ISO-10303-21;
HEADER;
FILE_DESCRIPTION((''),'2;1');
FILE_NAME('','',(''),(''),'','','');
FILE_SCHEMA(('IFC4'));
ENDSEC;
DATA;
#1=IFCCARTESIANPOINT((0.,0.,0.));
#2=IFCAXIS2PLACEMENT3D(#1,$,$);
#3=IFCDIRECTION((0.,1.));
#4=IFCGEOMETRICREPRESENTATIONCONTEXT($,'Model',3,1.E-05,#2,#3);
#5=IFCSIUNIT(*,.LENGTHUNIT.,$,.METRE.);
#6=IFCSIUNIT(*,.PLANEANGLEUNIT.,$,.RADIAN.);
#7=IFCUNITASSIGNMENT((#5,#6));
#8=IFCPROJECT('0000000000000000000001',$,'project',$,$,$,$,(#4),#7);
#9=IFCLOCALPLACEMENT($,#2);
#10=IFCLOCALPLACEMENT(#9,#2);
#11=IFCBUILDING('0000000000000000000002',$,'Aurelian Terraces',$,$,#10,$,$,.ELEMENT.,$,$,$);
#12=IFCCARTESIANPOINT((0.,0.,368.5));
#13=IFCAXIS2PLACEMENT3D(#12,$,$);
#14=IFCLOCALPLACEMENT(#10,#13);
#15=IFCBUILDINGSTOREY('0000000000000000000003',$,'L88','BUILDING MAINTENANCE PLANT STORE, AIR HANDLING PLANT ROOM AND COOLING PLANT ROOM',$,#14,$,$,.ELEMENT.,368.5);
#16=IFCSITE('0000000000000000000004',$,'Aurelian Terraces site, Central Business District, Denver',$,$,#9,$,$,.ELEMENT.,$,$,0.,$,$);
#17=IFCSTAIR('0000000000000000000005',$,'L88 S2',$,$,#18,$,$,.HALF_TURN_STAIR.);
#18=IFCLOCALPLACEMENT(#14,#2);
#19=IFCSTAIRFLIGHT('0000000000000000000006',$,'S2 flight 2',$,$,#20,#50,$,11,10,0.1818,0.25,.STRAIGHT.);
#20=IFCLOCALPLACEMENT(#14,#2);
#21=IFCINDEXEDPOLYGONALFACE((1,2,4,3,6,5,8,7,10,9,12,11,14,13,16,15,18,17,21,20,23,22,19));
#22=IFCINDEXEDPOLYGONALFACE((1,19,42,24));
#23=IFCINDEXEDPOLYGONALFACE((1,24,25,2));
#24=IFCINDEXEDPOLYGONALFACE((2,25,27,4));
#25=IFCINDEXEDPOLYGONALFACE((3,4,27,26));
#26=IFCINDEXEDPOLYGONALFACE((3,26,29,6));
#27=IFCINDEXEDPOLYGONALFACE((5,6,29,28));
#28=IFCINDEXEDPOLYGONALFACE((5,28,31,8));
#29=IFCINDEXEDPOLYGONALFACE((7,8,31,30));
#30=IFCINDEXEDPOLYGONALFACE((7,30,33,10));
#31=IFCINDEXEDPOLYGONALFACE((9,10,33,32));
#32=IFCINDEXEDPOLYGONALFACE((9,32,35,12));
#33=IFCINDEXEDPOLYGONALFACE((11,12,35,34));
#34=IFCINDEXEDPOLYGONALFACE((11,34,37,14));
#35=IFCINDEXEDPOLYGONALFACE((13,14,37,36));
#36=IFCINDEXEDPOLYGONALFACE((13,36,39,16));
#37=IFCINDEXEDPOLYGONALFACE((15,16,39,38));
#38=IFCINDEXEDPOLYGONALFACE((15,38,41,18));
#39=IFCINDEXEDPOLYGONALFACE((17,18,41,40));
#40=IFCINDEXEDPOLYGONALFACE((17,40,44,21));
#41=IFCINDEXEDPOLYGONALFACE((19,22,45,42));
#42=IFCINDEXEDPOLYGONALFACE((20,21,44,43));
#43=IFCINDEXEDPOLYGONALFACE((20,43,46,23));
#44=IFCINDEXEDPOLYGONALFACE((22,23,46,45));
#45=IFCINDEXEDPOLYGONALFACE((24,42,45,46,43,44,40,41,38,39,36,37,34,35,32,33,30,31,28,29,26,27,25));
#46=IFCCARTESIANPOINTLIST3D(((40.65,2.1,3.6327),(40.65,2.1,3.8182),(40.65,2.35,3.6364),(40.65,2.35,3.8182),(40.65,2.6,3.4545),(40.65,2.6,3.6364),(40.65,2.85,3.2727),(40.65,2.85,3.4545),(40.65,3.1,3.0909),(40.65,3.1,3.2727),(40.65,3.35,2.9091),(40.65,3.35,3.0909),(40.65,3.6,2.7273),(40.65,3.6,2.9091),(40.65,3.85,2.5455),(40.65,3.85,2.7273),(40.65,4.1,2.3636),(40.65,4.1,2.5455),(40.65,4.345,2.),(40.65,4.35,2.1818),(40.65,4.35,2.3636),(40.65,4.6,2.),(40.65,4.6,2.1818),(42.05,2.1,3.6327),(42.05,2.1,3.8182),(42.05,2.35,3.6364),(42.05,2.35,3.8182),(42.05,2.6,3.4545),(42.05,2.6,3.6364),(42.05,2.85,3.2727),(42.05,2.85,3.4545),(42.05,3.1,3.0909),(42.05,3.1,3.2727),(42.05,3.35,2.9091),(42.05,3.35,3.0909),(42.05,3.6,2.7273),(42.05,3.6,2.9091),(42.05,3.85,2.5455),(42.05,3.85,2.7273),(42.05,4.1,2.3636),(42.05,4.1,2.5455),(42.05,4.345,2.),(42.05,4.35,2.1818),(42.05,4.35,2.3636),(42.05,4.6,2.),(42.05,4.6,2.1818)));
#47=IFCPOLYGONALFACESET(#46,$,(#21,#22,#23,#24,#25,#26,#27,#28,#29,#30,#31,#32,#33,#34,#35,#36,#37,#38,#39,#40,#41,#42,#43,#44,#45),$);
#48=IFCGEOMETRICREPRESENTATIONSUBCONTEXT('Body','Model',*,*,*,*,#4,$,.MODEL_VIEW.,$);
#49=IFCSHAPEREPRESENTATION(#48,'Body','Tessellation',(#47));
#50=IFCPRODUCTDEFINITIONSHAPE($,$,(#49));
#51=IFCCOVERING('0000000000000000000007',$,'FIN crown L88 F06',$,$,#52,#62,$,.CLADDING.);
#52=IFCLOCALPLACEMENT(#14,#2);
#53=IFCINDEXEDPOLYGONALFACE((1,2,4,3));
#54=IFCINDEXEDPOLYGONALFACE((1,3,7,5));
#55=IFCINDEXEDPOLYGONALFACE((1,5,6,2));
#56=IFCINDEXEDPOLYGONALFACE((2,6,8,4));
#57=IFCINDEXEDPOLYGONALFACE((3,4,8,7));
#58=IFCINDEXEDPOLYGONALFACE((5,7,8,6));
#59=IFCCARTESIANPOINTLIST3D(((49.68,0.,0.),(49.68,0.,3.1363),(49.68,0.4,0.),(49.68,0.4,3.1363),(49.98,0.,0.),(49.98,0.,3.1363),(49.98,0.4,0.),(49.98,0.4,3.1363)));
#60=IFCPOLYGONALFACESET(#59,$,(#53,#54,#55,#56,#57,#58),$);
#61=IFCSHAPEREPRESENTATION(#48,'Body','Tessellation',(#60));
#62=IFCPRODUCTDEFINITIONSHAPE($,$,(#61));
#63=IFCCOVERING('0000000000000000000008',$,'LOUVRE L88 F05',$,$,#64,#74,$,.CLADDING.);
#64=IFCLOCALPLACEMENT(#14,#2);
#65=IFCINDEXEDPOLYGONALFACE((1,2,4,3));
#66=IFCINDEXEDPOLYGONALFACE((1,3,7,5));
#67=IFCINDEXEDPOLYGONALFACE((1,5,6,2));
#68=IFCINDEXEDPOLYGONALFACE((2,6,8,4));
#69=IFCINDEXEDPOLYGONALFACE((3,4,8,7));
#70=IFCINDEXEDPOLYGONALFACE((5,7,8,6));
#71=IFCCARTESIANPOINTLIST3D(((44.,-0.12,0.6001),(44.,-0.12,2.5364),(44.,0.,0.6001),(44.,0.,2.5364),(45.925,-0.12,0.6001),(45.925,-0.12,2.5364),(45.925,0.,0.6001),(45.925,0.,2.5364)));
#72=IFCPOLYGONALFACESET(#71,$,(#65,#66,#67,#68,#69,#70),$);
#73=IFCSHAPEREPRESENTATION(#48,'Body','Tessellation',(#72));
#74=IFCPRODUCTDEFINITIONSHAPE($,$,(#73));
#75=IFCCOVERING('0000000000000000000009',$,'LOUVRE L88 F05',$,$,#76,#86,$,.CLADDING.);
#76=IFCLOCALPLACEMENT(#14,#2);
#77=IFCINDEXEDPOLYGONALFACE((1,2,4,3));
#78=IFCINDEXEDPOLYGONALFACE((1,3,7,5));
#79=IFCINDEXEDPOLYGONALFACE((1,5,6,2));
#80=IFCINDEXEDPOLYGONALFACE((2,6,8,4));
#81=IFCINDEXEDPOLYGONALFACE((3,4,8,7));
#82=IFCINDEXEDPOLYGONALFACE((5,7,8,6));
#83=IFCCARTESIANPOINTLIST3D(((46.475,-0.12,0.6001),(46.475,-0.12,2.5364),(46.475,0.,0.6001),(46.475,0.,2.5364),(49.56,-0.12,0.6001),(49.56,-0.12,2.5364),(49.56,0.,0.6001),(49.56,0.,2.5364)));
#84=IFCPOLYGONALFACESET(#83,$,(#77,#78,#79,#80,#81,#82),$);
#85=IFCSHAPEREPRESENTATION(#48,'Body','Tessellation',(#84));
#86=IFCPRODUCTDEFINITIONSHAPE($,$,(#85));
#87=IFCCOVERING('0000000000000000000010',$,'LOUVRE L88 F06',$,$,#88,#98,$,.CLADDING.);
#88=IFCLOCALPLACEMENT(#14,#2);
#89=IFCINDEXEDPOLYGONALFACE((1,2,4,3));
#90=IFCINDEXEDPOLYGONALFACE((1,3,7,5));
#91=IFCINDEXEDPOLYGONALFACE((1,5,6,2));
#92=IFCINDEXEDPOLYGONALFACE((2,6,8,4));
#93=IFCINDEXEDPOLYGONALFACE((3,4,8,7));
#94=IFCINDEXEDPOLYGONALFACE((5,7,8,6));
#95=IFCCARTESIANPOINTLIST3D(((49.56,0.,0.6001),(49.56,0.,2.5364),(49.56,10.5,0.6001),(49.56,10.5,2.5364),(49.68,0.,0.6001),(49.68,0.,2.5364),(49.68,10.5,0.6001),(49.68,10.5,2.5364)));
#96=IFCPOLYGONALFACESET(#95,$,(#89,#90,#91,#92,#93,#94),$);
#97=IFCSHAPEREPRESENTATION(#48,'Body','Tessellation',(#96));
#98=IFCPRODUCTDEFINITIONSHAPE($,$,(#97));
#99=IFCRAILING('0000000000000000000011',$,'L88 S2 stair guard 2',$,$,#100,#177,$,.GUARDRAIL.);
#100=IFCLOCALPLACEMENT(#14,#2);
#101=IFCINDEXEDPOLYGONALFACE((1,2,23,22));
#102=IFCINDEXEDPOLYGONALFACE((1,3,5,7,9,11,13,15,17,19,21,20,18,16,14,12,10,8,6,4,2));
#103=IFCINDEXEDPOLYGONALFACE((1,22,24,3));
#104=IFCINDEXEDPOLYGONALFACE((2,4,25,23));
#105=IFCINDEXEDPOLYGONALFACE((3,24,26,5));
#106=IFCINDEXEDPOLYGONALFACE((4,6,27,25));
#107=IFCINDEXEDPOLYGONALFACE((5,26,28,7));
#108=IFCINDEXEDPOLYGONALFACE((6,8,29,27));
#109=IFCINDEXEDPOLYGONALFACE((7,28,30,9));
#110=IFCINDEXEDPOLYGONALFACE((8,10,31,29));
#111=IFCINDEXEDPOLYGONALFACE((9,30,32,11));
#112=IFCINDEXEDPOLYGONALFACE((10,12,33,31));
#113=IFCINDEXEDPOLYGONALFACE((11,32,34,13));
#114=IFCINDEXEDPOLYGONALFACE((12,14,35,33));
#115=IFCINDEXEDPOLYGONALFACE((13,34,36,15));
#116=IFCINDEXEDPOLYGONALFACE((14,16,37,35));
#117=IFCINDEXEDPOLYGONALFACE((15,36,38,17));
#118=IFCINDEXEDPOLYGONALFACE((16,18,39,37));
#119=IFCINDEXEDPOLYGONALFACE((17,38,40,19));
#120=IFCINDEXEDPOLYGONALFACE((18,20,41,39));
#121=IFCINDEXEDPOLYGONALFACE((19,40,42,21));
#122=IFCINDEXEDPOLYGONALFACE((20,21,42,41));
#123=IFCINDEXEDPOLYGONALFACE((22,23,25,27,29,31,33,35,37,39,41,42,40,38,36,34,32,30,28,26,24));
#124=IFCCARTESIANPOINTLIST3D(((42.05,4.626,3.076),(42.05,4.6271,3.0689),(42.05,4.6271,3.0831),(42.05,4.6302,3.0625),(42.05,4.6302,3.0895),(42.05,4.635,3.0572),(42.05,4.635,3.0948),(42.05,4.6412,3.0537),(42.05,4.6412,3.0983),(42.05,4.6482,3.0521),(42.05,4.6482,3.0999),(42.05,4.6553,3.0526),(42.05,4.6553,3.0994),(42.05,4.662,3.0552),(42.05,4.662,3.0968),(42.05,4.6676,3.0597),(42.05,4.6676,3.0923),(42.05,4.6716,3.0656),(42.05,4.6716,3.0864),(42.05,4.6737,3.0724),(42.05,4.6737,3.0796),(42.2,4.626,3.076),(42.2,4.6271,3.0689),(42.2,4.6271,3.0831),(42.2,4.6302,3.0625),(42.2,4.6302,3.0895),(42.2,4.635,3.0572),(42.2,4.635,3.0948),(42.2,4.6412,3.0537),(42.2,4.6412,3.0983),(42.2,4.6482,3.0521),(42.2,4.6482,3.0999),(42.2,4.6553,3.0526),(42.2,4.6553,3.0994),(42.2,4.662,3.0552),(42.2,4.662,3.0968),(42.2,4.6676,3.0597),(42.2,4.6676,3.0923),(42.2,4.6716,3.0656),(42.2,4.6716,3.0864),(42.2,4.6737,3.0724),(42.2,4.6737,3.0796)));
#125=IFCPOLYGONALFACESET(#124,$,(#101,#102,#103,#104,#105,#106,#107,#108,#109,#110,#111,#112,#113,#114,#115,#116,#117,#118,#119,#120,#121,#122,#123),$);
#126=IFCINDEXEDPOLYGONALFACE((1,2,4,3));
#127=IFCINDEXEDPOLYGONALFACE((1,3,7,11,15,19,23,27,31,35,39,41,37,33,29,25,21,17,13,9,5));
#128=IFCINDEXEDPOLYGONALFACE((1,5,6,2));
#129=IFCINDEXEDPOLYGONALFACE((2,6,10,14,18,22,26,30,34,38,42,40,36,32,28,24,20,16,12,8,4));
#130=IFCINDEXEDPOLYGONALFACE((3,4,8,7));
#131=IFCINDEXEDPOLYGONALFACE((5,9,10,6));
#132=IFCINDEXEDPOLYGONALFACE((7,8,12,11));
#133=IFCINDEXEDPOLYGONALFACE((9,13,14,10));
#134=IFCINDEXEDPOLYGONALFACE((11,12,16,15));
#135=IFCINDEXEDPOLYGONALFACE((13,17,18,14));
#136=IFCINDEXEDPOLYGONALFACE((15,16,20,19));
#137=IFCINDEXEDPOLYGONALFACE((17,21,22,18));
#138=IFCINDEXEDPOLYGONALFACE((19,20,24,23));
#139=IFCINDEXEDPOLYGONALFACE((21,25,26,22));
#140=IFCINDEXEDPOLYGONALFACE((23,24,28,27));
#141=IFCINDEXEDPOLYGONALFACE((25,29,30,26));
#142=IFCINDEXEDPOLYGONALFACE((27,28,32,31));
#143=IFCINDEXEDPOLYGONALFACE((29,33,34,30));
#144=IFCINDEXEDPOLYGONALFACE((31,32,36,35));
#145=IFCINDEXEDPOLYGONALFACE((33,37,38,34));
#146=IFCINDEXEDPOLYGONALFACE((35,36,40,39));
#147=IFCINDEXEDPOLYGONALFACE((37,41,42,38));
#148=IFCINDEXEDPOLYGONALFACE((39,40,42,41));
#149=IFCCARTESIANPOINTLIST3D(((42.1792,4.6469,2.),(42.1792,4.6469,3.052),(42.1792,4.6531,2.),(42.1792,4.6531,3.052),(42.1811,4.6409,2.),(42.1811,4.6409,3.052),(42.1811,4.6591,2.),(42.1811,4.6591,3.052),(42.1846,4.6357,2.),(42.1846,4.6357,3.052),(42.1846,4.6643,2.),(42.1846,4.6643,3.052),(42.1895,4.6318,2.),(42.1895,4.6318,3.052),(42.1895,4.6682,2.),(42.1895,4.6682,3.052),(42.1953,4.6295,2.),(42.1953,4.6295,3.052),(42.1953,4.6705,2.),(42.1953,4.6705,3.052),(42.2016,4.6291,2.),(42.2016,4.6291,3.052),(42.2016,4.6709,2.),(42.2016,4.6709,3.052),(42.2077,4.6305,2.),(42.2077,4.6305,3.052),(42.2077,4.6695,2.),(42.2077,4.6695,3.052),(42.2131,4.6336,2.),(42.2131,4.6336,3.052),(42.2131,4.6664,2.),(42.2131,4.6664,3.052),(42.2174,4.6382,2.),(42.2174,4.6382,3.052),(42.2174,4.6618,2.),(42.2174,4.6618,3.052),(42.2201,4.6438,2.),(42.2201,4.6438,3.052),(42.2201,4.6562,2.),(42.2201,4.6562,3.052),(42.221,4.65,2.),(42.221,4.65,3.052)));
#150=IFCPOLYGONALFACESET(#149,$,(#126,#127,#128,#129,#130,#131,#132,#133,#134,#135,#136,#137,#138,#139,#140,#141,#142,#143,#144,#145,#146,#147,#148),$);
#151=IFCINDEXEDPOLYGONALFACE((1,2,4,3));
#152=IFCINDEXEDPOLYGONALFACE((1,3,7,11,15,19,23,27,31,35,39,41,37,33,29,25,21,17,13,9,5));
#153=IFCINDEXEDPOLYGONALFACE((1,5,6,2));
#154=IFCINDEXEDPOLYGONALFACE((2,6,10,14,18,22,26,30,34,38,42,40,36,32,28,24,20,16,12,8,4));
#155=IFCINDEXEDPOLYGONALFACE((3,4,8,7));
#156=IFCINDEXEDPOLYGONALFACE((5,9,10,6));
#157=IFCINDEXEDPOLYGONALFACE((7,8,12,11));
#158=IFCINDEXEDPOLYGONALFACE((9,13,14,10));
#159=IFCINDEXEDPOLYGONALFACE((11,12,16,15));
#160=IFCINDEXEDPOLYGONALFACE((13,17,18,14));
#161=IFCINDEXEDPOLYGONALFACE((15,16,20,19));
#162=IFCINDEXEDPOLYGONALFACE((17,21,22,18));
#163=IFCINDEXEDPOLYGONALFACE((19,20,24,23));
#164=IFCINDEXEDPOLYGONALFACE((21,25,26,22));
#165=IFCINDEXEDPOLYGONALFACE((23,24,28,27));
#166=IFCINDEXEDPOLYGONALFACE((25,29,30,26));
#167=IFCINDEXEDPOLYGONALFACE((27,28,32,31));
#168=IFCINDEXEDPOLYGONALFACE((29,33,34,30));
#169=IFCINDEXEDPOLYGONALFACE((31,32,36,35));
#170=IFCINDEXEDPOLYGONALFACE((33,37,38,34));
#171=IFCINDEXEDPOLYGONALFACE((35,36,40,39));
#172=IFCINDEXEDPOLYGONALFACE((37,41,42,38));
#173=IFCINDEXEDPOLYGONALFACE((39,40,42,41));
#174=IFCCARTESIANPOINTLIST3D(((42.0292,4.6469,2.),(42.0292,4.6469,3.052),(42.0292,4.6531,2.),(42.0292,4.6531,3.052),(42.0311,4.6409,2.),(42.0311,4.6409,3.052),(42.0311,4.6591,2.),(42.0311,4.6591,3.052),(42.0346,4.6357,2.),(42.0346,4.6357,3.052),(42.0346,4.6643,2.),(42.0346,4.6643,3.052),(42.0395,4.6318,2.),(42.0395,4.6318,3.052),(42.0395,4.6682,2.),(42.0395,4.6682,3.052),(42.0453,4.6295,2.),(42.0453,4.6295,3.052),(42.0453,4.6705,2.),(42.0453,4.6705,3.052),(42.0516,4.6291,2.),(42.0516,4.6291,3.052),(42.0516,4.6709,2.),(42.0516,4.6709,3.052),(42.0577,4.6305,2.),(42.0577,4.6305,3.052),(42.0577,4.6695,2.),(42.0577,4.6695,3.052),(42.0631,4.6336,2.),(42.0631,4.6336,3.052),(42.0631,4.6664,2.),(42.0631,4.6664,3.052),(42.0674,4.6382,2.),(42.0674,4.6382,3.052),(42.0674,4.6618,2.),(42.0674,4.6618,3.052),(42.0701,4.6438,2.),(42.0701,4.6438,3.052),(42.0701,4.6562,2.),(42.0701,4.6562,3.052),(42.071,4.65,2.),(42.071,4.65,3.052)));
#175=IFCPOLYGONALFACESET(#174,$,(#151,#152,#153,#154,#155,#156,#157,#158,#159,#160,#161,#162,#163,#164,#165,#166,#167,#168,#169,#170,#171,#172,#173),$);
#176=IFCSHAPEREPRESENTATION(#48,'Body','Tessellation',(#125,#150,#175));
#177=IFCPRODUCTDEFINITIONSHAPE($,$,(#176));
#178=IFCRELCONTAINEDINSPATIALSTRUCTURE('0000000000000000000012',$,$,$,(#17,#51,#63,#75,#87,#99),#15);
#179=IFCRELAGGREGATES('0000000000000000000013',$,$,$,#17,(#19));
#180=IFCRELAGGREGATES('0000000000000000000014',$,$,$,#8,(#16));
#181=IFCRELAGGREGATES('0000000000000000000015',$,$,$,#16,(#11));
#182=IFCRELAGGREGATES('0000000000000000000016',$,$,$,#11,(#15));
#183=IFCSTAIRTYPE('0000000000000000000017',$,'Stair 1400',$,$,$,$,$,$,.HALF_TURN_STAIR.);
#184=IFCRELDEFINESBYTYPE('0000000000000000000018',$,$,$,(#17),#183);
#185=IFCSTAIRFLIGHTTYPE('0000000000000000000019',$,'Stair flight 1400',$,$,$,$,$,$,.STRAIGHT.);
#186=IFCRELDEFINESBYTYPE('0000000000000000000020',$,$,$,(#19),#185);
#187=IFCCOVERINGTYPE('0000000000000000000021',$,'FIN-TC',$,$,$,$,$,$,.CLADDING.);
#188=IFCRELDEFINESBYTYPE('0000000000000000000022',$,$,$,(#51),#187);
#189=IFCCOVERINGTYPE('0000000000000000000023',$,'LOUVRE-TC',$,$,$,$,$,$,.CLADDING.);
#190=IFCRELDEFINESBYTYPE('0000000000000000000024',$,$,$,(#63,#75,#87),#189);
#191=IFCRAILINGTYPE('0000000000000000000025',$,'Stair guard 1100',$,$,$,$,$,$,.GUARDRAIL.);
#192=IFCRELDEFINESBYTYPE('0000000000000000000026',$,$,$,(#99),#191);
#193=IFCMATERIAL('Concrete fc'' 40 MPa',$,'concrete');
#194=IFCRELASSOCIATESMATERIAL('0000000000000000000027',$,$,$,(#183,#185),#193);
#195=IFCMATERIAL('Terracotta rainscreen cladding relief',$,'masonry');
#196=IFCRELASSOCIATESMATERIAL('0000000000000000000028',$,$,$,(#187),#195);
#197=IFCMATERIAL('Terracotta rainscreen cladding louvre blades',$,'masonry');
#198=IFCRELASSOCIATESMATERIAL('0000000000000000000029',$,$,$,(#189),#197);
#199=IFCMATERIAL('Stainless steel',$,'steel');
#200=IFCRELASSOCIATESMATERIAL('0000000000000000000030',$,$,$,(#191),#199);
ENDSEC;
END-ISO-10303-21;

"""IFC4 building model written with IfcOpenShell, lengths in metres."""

from ifc_helpers import new_model, si_unit, direction, frame, origin, origin_2d, place, context, subcontext, project, spatial, polyline, rectangle, circle, outline, extrude, source, transform, mapped, material, type_object, element, aggregate, save


model = new_model("IFC4")

# Units and contexts
model_context = context("Model", 3, precision=1e-05, world=origin(), true_north=direction((0.0, 1.0)))
body_context = subcontext(model_context, "Body", "Model", "MODEL_VIEW")
ifc_project = project(units=[si_unit("LENGTHUNIT", "METRE"), si_unit("PLANEANGLEUNIT", "RADIAN")], contexts=[model_context])

# Site, building, storey
site_placement = place(None, origin())
site = spatial("IfcSite", under=ifc_project, at=site_placement, Name="Aurelian Terraces site, Central Business District, Denver", CompositionType="ELEMENT", RefElevation=0.0)
building_placement = place(site_placement, origin())
building = spatial("IfcBuilding", under=site, at=building_placement, Name="Aurelian Terraces", CompositionType="ELEMENT")
storey_placement = place(building_placement, frame((0.0, 0.0, 368.5)))
storey = spatial("IfcBuildingStorey", under=building, at=storey_placement, Name="L88", Description="BUILDING MAINTENANCE PLANT STORE, AIR HANDLING PLANT ROOM AND COOLING PLANT ROOM", CompositionType="ELEMENT", Elevation=368.5)

# Shared definitions
ifc_material_1 = material(Name="Concrete fc' 40 MPa", Category="concrete")

# Stair, stair flight
stair_type = type_object("IfcStairType", Name="Stair 1400", PredefinedType="HALF_TURN_STAIR", material=ifc_material_1)
stair_placement = place(storey_placement, origin())
stair = element("IfcStair", 1, at=stair_placement, inside=storey, type_object=stair_type, Name="L88 S2", PredefinedType="HALF_TURN_STAIR")
stair_flight_type = type_object("IfcStairFlightType", Name="Stair flight 1400", PredefinedType="STRAIGHT", material=ifc_material_1)
shared_shape_1 = source(origin(), body_context, "Body", "SweptSolid", [
    extrude(outline(polyline([(0.0, 0.0), (0.0, 0.1818), (0.25, 0.1818), (0.25, 0.3636), (0.5, 0.3636), (0.5, 0.5455), (0.75, 0.5455), (0.75, 0.7273), (1.0, 0.7273), (1.0, 0.9091), (1.25, 0.9091), (1.25, 1.0909), (1.5, 1.0909), (1.5, 1.2727), (1.75, 1.2727), (1.75, 1.4545), (2.0, 1.4545), (2.0, 1.6364), (2.25, 1.6364), (2.25, 1.8182), (2.5, 1.8182), (2.5, 2.0), (2.5, 1.6327), (0.255, 0.0), (0.0, 0.0)])), frame((0.0, 0.7, 0.0), z_axis=(0.0, -1.0, 0.0), x_axis=(1.0, 0.0, 0.0)), (0.0, 0.0, 1.0), 1.4),
])
stair_flight_1_placement = place(storey_placement, frame((41.35, 4.6, 2.0), z_axis=(0.0, 0.0, 1.0), x_axis=(0.0, -1.0, 0.0)))
stair_flight_1 = element("IfcStairFlight", 2, at=stair_flight_1_placement, type_object=stair_flight_type, Name="S2 flight 2", NumberOfRisers=11, NumberOfTreads=10, PredefinedType="STRAIGHT", RiserHeight=0.1818, TreadLength=0.25, context=body_context, shape_type="MappedRepresentation", body=[
    mapped(shared_shape_1, transform((0.0, 0.0, 0.0), scale=1.0)),
])
aggregate(stair, [stair_flight_1])

# Coverings
ifc_material_2 = material(Name="Terracotta rainscreen cladding relief", Category="masonry")
covering_type_1 = type_object("IfcCoveringType", Name="FIN-TC", PredefinedType="CLADDING", material=ifc_material_2)
covering_1_placement = place(storey_placement, frame((49.83, 0.2, 0.0), z_axis=(0.0, 0.0, 1.0), x_axis=(1.0, 0.0, 0.0)))
element("IfcCovering", 3, at=covering_1_placement, inside=storey, type_object=covering_type_1, Name="FIN crown L88 F06", PredefinedType="CLADDING", context=body_context, shape_type="SweptSolid", body=[
    extrude(rectangle(XDim=0.3, YDim=0.4, at=origin_2d()), origin(), (0.0, 0.0, 1.0), 3.1363),
])
ifc_material_3 = material(Name="Terracotta rainscreen cladding louvre blades", Category="masonry")
covering_type_2 = type_object("IfcCoveringType", Name="LOUVRE-TC", PredefinedType="CLADDING", material=ifc_material_3)
covering_2_placement = place(storey_placement, frame((44.9625, -0.06, 0.6001), z_axis=(0.0, 0.0, 1.0), x_axis=(1.0, 0.0, 0.0)))
element("IfcCovering", 4, at=covering_2_placement, inside=storey, type_object=covering_type_2, Name="LOUVRE L88 F05", PredefinedType="CLADDING", context=body_context, shape_type="SweptSolid", body=[
    extrude(rectangle(XDim=1.925, YDim=0.12, at=origin_2d()), origin(), (0.0, 0.0, 1.0), 1.9363),
])
covering_3_placement = place(storey_placement, frame((48.0175, -0.06, 0.6001), z_axis=(0.0, 0.0, 1.0), x_axis=(1.0, 0.0, 0.0)))
element("IfcCovering", 5, at=covering_3_placement, inside=storey, type_object=covering_type_2, Name="LOUVRE L88 F05", PredefinedType="CLADDING", context=body_context, shape_type="SweptSolid", body=[
    extrude(rectangle(XDim=3.085, YDim=0.12, at=origin_2d()), origin(), (0.0, 0.0, 1.0), 1.9363),
])
covering_4_placement = place(storey_placement, frame((49.62, 5.25, 0.6001), z_axis=(0.0, 0.0, 1.0), x_axis=(1.0, 0.0, 0.0)))
element("IfcCovering", 6, at=covering_4_placement, inside=storey, type_object=covering_type_2, Name="LOUVRE L88 F06", PredefinedType="CLADDING", context=body_context, shape_type="SweptSolid", body=[
    extrude(rectangle(XDim=0.12, YDim=10.5, at=origin_2d()), origin(), (0.0, 0.0, 1.0), 1.9363),
])

# Railing
ifc_material_4 = material(Name="Stainless steel", Category="steel")
railing_type_1 = type_object("IfcRailingType", Name="Stair guard 1100", PredefinedType="GUARDRAIL", material=ifc_material_4)
shared_shape_2 = source(origin(), body_context, "Body", "SweptSolid", [
    extrude(circle(Radius=0.024, at=origin_2d()), frame((0.0, 0.0, 1.076), z_axis=(-1.0, 0.0, 0.0), x_axis=(0.0, -1.0, 0.0)), (0.0, 0.0, 1.0), 0.15),
    extrude(circle(Radius=0.021, at=origin_2d()), origin(), (0.0, 0.0, 1.0), 1.052),
    extrude(circle(Radius=0.021, at=origin_2d()), frame((-0.15, 0.0, 0.0)), (0.0, 0.0, 1.0), 1.052),
])
for number, where, name in (
    (7, (42.2, 4.65, 2.0), "L88 S2 stair guard 2"),
):
    element("IfcRailing", number, at=place(storey_placement, frame(where)), inside=storey, type_object=railing_type_1, Name=name, PredefinedType="GUARDRAIL", context=body_context, shape_type="MappedRepresentation", body=[
        mapped(shared_shape_2, transform((0.0, 0.0, 0.0), scale=1.0)),
    ])

save(model, "model.ifc")
